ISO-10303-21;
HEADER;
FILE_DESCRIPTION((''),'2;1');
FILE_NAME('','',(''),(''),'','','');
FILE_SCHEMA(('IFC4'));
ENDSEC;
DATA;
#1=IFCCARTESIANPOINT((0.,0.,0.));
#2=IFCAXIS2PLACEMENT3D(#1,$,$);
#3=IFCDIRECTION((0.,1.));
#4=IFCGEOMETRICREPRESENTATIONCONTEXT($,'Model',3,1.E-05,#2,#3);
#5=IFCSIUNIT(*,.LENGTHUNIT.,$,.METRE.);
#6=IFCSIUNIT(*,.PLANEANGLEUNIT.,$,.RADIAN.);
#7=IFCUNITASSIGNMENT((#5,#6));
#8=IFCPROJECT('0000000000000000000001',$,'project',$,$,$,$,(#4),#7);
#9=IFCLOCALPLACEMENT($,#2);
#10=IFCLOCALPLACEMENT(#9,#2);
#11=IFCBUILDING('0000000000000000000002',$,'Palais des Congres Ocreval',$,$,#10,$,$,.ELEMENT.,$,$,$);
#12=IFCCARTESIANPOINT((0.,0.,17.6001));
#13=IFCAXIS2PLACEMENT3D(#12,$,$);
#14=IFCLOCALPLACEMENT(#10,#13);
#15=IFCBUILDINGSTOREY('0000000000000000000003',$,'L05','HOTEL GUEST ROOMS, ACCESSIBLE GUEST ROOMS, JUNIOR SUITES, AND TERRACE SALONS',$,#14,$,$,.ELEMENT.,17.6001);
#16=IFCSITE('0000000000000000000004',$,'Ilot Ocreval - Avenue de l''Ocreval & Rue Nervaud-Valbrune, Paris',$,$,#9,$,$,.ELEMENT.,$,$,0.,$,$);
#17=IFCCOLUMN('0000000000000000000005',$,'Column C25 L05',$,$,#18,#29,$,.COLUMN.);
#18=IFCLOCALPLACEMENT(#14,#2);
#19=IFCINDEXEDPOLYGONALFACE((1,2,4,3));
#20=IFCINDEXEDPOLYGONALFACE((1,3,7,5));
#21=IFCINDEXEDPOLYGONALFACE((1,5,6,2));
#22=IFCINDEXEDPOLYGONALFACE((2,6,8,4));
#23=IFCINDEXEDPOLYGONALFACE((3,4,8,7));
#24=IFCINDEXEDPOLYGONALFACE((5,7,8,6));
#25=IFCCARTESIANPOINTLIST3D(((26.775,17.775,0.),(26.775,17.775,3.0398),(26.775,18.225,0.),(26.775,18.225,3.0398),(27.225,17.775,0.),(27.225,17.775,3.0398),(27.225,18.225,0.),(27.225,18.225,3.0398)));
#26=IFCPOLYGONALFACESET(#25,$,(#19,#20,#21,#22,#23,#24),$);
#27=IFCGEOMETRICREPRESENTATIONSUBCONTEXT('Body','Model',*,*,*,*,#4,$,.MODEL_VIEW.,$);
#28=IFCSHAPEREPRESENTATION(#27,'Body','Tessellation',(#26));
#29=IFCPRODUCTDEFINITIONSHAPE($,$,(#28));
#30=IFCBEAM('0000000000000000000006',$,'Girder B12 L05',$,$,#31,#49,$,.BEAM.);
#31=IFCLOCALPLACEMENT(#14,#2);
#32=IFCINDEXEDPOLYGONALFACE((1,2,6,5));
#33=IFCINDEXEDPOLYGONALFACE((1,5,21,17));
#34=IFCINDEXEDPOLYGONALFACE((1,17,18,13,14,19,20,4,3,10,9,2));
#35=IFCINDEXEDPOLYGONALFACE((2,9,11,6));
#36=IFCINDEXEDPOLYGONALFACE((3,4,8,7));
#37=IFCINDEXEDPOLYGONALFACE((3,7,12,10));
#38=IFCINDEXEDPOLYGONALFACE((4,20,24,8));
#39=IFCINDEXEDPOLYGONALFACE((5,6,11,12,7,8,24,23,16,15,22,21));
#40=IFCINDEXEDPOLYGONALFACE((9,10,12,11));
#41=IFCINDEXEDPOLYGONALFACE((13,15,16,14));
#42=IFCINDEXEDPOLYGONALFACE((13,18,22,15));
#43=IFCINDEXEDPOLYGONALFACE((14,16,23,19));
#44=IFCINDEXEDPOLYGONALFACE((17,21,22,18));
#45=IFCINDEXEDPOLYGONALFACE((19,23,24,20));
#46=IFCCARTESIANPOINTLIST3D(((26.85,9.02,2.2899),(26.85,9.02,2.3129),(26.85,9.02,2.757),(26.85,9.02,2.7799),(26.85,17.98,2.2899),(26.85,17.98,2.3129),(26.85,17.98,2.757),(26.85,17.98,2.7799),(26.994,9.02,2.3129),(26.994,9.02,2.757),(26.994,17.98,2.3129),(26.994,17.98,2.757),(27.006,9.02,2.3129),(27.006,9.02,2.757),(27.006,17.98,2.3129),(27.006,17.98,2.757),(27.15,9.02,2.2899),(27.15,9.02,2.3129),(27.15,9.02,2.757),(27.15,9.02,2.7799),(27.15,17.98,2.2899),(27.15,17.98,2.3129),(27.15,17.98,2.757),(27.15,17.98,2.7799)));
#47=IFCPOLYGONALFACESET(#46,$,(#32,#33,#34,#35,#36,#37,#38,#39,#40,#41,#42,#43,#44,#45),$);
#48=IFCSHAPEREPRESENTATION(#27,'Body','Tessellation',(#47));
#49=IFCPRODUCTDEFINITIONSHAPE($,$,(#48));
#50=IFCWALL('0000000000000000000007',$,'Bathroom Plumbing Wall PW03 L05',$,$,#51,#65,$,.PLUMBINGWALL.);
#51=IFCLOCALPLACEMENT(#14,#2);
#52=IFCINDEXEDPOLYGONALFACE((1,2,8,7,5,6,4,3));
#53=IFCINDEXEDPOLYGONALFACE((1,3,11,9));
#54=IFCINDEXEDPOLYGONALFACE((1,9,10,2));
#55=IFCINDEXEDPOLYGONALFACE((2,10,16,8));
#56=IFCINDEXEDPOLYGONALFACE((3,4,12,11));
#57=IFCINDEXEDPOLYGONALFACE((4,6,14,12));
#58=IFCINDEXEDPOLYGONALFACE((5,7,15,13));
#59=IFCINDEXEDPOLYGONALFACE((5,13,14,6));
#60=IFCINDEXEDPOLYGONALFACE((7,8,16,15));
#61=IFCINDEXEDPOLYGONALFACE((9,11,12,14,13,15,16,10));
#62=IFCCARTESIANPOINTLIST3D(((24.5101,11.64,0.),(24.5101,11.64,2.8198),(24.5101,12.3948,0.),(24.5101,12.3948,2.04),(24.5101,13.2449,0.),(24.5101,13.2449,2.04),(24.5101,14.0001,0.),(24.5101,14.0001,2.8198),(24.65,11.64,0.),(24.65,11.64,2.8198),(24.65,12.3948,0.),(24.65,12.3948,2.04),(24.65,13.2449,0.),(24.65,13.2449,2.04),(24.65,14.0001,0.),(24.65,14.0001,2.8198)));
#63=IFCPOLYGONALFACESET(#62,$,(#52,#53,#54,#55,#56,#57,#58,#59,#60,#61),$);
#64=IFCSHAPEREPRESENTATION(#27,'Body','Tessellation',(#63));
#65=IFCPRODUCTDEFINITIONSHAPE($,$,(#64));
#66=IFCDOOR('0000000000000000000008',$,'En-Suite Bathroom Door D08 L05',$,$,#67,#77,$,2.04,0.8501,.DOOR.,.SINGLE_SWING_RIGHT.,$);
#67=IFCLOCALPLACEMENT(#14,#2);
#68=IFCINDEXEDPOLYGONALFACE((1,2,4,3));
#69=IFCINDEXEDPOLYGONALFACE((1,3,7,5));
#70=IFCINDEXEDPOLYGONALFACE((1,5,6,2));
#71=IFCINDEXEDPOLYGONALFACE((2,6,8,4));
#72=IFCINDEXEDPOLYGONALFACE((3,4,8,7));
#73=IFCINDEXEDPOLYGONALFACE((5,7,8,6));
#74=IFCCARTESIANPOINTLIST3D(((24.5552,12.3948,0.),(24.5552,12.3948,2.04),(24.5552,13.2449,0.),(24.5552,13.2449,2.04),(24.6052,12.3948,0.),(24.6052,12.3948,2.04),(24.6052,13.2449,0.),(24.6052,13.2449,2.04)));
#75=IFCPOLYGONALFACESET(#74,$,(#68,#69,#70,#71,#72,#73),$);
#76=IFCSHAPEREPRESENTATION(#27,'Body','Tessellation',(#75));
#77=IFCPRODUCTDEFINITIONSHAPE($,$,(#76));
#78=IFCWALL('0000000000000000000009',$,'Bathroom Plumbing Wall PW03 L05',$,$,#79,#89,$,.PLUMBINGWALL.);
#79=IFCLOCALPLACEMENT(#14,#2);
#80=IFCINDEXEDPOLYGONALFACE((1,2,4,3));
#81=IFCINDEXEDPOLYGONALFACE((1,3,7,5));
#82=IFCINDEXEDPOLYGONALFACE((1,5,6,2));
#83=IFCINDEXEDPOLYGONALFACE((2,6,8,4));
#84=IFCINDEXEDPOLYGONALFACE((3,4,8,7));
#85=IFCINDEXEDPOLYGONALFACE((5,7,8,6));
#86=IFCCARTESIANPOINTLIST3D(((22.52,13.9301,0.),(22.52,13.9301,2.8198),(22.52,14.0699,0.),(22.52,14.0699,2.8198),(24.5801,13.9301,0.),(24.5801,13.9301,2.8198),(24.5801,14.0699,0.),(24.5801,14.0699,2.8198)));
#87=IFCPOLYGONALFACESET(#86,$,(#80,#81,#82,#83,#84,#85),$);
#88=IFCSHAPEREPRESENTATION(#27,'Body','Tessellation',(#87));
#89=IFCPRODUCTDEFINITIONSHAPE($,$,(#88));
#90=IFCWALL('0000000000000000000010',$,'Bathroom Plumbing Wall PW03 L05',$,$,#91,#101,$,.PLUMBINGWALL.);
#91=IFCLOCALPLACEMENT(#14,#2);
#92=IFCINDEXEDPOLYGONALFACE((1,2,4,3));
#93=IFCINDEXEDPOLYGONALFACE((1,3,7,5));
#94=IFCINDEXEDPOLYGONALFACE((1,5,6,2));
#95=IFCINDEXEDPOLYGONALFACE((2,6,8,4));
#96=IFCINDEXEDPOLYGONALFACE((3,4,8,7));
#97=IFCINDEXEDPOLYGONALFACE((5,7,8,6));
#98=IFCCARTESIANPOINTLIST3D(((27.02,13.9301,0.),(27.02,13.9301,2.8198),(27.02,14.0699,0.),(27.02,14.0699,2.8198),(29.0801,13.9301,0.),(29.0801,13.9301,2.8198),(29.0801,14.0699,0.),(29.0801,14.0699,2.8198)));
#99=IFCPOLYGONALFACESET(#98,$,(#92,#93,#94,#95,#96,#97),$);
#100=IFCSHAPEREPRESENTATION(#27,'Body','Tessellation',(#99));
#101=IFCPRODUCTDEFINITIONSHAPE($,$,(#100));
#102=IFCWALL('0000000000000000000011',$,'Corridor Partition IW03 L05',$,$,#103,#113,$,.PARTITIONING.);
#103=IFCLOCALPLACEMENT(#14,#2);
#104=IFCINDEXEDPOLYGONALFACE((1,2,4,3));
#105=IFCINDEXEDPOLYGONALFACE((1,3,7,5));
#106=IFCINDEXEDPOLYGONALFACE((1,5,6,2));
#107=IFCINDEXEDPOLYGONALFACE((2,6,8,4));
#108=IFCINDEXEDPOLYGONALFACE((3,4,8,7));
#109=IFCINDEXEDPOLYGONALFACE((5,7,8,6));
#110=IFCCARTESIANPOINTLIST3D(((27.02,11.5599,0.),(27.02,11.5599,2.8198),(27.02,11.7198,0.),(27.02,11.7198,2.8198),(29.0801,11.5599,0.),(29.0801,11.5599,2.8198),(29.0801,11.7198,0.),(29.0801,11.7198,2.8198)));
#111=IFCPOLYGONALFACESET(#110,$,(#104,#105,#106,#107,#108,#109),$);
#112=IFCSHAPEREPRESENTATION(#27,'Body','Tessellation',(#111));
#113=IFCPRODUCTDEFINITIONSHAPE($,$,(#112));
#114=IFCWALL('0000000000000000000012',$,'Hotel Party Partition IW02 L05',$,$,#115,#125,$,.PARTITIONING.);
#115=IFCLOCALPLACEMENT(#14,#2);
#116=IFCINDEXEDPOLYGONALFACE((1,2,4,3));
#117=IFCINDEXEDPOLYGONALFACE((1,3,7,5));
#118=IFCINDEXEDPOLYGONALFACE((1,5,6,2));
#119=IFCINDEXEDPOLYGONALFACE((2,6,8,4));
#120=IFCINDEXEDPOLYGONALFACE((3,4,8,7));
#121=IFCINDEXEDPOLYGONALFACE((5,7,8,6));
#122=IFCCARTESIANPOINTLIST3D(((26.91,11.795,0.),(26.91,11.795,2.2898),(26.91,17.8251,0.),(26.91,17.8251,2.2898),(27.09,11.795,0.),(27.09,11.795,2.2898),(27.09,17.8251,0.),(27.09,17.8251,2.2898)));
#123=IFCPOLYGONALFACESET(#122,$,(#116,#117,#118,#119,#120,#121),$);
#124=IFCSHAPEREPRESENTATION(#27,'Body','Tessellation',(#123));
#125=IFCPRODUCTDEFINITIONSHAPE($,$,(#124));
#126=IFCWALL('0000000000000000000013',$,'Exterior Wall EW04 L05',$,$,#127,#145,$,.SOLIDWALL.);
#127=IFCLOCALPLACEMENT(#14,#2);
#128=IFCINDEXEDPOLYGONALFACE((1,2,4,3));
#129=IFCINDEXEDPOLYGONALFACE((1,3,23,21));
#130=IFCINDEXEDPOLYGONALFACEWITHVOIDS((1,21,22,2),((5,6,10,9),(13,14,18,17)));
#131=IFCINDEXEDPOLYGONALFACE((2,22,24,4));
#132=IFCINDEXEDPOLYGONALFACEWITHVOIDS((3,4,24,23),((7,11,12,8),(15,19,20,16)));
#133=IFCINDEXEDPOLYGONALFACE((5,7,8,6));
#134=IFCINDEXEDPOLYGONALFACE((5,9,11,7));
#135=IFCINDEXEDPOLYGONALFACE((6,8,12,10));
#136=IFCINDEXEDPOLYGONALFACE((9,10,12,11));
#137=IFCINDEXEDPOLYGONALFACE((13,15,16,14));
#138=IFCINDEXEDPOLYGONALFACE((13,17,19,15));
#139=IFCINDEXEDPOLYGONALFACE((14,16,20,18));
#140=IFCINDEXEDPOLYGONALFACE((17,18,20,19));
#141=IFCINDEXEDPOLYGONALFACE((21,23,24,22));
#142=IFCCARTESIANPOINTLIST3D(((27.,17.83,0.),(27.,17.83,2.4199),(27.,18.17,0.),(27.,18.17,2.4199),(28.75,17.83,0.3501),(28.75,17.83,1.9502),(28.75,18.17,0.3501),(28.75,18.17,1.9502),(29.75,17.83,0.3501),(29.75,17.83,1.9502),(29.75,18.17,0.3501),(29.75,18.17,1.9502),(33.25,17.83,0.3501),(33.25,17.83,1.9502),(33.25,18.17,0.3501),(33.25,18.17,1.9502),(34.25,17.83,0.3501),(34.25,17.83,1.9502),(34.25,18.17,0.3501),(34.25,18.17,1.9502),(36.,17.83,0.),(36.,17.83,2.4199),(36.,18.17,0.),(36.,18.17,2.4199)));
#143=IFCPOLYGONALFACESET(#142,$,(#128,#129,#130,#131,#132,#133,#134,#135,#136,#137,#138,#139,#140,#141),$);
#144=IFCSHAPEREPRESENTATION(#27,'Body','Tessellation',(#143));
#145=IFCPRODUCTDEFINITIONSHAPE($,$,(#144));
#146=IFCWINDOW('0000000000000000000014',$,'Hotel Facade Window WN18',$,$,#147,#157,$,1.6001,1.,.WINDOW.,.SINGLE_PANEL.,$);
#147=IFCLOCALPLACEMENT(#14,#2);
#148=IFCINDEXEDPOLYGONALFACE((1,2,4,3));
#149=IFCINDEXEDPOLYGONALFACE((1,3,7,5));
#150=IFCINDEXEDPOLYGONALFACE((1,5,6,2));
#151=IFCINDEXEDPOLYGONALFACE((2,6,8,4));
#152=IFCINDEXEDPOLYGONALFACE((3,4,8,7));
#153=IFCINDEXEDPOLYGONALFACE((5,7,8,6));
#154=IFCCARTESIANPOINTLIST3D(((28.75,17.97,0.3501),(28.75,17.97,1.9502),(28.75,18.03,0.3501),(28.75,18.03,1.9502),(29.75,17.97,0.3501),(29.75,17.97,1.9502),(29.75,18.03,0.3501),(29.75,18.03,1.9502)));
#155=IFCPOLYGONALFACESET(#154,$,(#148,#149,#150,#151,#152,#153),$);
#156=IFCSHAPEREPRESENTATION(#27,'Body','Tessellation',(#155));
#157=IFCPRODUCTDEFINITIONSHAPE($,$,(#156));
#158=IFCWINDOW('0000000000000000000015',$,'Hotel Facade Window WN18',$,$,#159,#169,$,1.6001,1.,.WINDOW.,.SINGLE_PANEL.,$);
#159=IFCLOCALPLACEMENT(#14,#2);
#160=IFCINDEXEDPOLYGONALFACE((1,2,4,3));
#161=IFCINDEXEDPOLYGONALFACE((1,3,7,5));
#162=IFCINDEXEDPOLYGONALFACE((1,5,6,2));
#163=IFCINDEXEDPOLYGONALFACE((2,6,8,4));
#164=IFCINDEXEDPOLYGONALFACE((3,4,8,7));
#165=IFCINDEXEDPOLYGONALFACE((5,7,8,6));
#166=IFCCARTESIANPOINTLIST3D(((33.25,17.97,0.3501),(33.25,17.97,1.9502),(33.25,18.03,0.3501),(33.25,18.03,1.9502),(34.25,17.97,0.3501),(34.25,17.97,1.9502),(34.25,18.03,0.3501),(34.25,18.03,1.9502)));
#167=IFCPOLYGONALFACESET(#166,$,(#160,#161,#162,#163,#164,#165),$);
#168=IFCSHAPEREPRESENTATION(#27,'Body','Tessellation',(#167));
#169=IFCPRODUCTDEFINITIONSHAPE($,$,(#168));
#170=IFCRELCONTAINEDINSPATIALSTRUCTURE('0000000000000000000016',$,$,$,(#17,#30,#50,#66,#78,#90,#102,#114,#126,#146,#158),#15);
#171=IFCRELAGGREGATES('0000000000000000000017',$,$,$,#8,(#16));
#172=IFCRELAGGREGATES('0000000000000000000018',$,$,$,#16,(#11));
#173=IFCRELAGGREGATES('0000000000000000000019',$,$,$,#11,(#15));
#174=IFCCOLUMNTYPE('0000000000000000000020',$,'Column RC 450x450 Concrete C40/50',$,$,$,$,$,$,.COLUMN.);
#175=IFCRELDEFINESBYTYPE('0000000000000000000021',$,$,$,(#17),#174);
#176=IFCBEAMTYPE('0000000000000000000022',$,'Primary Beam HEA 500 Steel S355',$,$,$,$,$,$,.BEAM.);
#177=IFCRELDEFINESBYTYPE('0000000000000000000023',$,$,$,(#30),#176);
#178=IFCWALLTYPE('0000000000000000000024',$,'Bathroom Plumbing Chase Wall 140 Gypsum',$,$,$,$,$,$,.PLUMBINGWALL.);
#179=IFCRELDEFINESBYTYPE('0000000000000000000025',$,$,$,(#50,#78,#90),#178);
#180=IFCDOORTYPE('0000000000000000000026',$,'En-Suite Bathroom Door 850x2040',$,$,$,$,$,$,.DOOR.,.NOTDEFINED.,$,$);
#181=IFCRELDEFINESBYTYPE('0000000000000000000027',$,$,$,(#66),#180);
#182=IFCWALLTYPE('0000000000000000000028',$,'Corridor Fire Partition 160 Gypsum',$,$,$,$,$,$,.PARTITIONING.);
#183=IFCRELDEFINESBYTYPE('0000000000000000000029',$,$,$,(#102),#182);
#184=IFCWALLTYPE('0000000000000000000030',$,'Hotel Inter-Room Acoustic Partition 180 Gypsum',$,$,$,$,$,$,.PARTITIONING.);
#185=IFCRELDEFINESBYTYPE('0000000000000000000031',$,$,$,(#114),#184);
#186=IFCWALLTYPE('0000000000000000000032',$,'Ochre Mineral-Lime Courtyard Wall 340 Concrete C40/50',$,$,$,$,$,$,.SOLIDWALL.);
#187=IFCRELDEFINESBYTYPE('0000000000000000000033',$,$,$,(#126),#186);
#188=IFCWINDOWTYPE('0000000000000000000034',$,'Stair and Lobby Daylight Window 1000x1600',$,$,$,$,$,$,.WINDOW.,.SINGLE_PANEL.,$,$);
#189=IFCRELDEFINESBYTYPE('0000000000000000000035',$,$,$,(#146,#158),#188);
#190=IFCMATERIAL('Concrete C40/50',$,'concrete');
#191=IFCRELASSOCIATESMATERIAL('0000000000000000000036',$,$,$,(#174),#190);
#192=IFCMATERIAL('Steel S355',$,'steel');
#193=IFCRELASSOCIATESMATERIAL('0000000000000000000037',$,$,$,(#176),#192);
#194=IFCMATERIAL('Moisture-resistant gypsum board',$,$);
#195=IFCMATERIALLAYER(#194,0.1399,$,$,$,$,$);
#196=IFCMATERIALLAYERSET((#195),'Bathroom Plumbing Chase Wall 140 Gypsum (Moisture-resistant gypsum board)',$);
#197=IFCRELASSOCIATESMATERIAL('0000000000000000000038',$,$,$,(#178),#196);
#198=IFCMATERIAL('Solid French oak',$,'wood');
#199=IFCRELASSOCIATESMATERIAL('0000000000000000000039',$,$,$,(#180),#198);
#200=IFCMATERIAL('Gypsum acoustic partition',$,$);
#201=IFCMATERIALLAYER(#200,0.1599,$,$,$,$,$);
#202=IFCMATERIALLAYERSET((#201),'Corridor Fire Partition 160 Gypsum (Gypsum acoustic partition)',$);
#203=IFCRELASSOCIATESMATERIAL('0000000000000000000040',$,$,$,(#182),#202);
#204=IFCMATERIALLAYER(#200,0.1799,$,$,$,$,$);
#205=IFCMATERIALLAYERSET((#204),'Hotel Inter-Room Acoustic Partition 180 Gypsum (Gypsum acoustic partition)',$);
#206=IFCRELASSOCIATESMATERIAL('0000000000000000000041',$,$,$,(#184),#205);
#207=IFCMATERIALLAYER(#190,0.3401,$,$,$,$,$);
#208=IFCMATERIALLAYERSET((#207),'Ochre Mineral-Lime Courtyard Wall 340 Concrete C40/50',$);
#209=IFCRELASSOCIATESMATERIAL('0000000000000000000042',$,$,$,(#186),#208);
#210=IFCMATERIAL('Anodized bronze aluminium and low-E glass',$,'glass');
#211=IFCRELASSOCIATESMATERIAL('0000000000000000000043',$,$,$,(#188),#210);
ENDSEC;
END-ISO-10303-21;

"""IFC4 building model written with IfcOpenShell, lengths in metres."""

from ifc_helpers import new_model, si_unit, direction, frame, frame_2d, origin, origin_2d, place, context, subcontext, project, spatial, rectangle, i_section, extrude, material, layer, layer_set, material_profile, profile_set, type_object, element, fill, save


model = new_model("IFC4")

# Units and contexts
model_context = context("Model", 3, precision=1e-05, world=origin(), true_north=direction((0.0, 1.0)))
body_context = subcontext(model_context, "Body", "Model", "MODEL_VIEW")
ifc_project = project(units=[si_unit("LENGTHUNIT", "METRE"), si_unit("PLANEANGLEUNIT", "RADIAN")], contexts=[model_context])

# Site, building, storey
site_placement = place(None, origin())
site = spatial("IfcSite", under=ifc_project, at=site_placement, Name="Ilot Ocreval - Avenue de l'Ocreval & Rue Nervaud-Valbrune, Paris", CompositionType="ELEMENT", RefElevation=0.0)
building_placement = place(site_placement, origin())
building = spatial("IfcBuilding", under=site, at=building_placement, Name="Palais des Congres Ocreval", CompositionType="ELEMENT")
storey_placement = place(building_placement, frame((0.0, 0.0, 17.6001)))
storey = spatial("IfcBuildingStorey", under=building, at=storey_placement, Name="L05", Description="HOTEL GUEST ROOMS, ACCESSIBLE GUEST ROOMS, JUNIOR SUITES, AND TERRACE SALONS", CompositionType="ELEMENT", Elevation=17.6001)

# Column
ifc_material_1 = material(Name="Concrete C40/50", Category="concrete")
ifc_material_profile_1 = material_profile(ifc_material_1, rectangle(XDim=0.45, YDim=0.45, at=origin_2d()), Name="RC 450x450")
ifc_profile_set_1 = profile_set([ifc_material_profile_1], Name="Concrete C40/50")
column_type = type_object("IfcColumnType", Name="Column RC 450x450 Concrete C40/50", PredefinedType="COLUMN", material=ifc_profile_set_1)
column_placement = place(storey_placement, frame((27.0, 18.0, 0.0), z_axis=(0.0, 0.0, 1.0), x_axis=(1.0, 0.0, 0.0)))
element("IfcColumn", 1, at=column_placement, inside=storey, type_object=column_type, Name="Column C25 L05", PredefinedType="COLUMN", context=body_context, shape_type="SweptSolid", body=[
    extrude(rectangle(XDim=0.45, YDim=0.45, at=origin_2d()), origin(), (0.0, 0.0, 1.0), 3.0398),
])

# Beam
ifc_material_2 = material(Name="Steel S355", Category="steel")
ifc_material_profile_2 = material_profile(ifc_material_2, i_section(OverallWidth=0.3, OverallDepth=0.49, WebThickness=0.012, FlangeThickness=0.0229, at=origin_2d()), Name="HEA 500")
ifc_profile_set_2 = profile_set([ifc_material_profile_2], Name="Steel S355")
beam_type = type_object("IfcBeamType", Name="Primary Beam HEA 500 Steel S355", PredefinedType="BEAM", material=ifc_profile_set_2)
beam_placement = place(storey_placement, frame((27.0, 9.02, 2.5349), z_axis=(0.0, 1.0, 0.0), x_axis=(-1.0, 0.0, 0.0)))
element("IfcBeam", 2, at=beam_placement, inside=storey, type_object=beam_type, Name="Girder B12 L05", PredefinedType="BEAM", context=body_context, shape_type="SweptSolid", body=[
    extrude(i_section(OverallWidth=0.3, OverallDepth=0.49, WebThickness=0.012, FlangeThickness=0.0229, at=origin_2d()), origin(), (0.0, 0.0, 1.0), 8.96),
])

# Wall, opening, door
ifc_material_3 = material(Name="Moisture-resistant gypsum board")
ifc_layer_1 = layer(ifc_material_3, 0.1399)
ifc_layer_set_1 = layer_set([ifc_layer_1], Name="Bathroom Plumbing Chase Wall 140 Gypsum (Moisture-resistant gypsum board)")
wall_type_1 = type_object("IfcWallType", Name="Bathroom Plumbing Chase Wall 140 Gypsum", PredefinedType="PLUMBINGWALL", material=ifc_layer_set_1)
wall_1_placement = place(storey_placement, frame((24.5801, 11.6399, 0.0), z_axis=(0.0, 0.0, 1.0), x_axis=(0.0, 1.0, 0.0)))
wall_1 = element("IfcWall", 3, at=wall_1_placement, inside=storey, type_object=wall_type_1, Name="Bathroom Plumbing Wall PW03 L05", PredefinedType="PLUMBINGWALL", context=body_context, shape_type="SweptSolid", body=[
    extrude(rectangle(XDim=2.3601, YDim=0.1399, at=frame_2d((1.1802, 0.0))), origin(), (0.0, 0.0, 1.0), 2.8198),
])
opening_1_placement = place(wall_1_placement, frame((0.7549, 0.0, 0.0)))
opening_1 = element("IfcOpeningElement", 4, at=opening_1_placement, cuts=wall_1, PredefinedType="OPENING", context=body_context, shape_type="SweptSolid", body=[
    extrude(rectangle(XDim=0.8501, YDim=2.04, at=frame_2d((0.425, 1.02))), frame((0.0, 0.0798, 0.0), z_axis=(0.0, -1.0, 0.0), x_axis=(1.0, 0.0, 0.0)), (0.0, 0.0, 1.0), 0.1599),
])
ifc_material_4 = material(Name="Solid French oak", Category="wood")
door_type_1 = type_object("IfcDoorType", Name="En-Suite Bathroom Door 850x2040", OperationType="NOTDEFINED", PredefinedType="DOOR", material=ifc_material_4)
door_1_placement = place(opening_1_placement, origin())
door_1 = element("IfcDoor", 5, at=door_1_placement, inside=storey, type_object=door_type_1, Name="En-Suite Bathroom Door D08 L05", OperationType="SINGLE_SWING_RIGHT", OverallHeight=2.04, OverallWidth=0.8501, PredefinedType="DOOR", context=body_context, shape_type="SweptSolid", body=[
    extrude(rectangle(XDim=0.8501, YDim=2.04, at=frame_2d((0.425, 1.02))), frame((0.0, 0.0249, 0.0), z_axis=(0.0, -1.0, 0.0), x_axis=(1.0, 0.0, 0.0)), (0.0, 0.0, 1.0), 0.05),
])
fill(opening_1, door_1)

# Walls
for number, where, z_axis, x_axis, name in (
    (6, (22.52, 14.0, 0.0), (0.0, 0.0, 1.0), (1.0, 0.0, 0.0), "Bathroom Plumbing Wall PW03 L05"),
    (7, (27.02, 14.0, 0.0), (0.0, 0.0, 1.0), (1.0, 0.0, 0.0), "Bathroom Plumbing Wall PW03 L05"),
):
    element("IfcWall", number, at=place(storey_placement, frame(where, z_axis=z_axis, x_axis=x_axis)), inside=storey, type_object=wall_type_1, Name=name, PredefinedType="PLUMBINGWALL", context=body_context, shape_type="SweptSolid", body=[
        extrude(rectangle(XDim=2.0601, YDim=0.1399, at=frame_2d((1.03, 0.0))), origin(), (0.0, 0.0, 1.0), 2.8198),
    ])
ifc_material_5 = material(Name="Gypsum acoustic partition")
ifc_layer_2 = layer(ifc_material_5, 0.1599)
ifc_layer_set_2 = layer_set([ifc_layer_2], Name="Corridor Fire Partition 160 Gypsum (Gypsum acoustic partition)")
wall_type_2 = type_object("IfcWallType", Name="Corridor Fire Partition 160 Gypsum", PredefinedType="PARTITIONING", material=ifc_layer_set_2)
wall_2_placement = place(storey_placement, frame((27.02, 11.6399, 0.0), z_axis=(0.0, 0.0, 1.0), x_axis=(1.0, 0.0, 0.0)))
element("IfcWall", 8, at=wall_2_placement, inside=storey, type_object=wall_type_2, Name="Corridor Partition IW03 L05", PredefinedType="PARTITIONING", context=body_context, shape_type="SweptSolid", body=[
    extrude(rectangle(XDim=2.0601, YDim=0.1599, at=frame_2d((1.03, 0.0))), origin(), (0.0, 0.0, 1.0), 2.8198),
])

# Wall
ifc_layer_3 = layer(ifc_material_5, 0.1799)
ifc_layer_set_3 = layer_set([ifc_layer_3], Name="Hotel Inter-Room Acoustic Partition 180 Gypsum (Gypsum acoustic partition)")
wall_type_3 = type_object("IfcWallType", Name="Hotel Inter-Room Acoustic Partition 180 Gypsum", PredefinedType="PARTITIONING", material=ifc_layer_set_3)
wall_3_placement = place(storey_placement, frame((27.0, 11.7949, 0.0), z_axis=(0.0, 0.0, 1.0), x_axis=(0.0, 1.0, 0.0)))
element("IfcWall", 9, at=wall_3_placement, inside=storey, type_object=wall_type_3, Name="Hotel Party Partition IW02 L05", PredefinedType="PARTITIONING", context=body_context, shape_type="SweptSolid", body=[
    extrude(rectangle(XDim=6.03, YDim=0.1799, at=frame_2d((3.0151, 0.0))), origin(), (0.0, 0.0, 1.0), 2.2898),
])

# Wall, openings, windows
ifc_layer_4 = layer(ifc_material_1, 0.3401)
ifc_layer_set_4 = layer_set([ifc_layer_4], Name="Ochre Mineral-Lime Courtyard Wall 340 Concrete C40/50")
wall_type_4 = type_object("IfcWallType", Name="Ochre Mineral-Lime Courtyard Wall 340 Concrete C40/50", PredefinedType="SOLIDWALL", material=ifc_layer_set_4)
wall_4_placement = place(storey_placement, frame((27.0, 18.0, 0.0), z_axis=(0.0, 0.0, 1.0), x_axis=(1.0, 0.0, 0.0)))
wall_4 = element("IfcWall", 10, at=wall_4_placement, inside=storey, type_object=wall_type_4, Name="Exterior Wall EW04 L05", PredefinedType="SOLIDWALL", context=body_context, shape_type="SweptSolid", body=[
    extrude(rectangle(XDim=9.0, YDim=0.3401, at=frame_2d((4.5, 0.0))), origin(), (0.0, 0.0, 1.0), 2.4199),
])
opening_2_placement = place(wall_4_placement, frame((1.75, 0.0, 0.3501)))
opening_2 = element("IfcOpeningElement", 11, at=opening_2_placement, cuts=wall_4, PredefinedType="OPENING", context=body_context, shape_type="SweptSolid", body=[
    extrude(rectangle(XDim=1.0, YDim=1.6001, at=frame_2d((0.5, 0.8))), frame((0.0, 0.1799, 0.0), z_axis=(0.0, -1.0, 0.0), x_axis=(1.0, 0.0, 0.0)), (0.0, 0.0, 1.0), 0.3601),
])
opening_3_placement = place(wall_4_placement, frame((6.25, 0.0, 0.3501)))
opening_3 = element("IfcOpeningElement", 12, at=opening_3_placement, cuts=wall_4, PredefinedType="OPENING", context=body_context, shape_type="SweptSolid", body=[
    extrude(rectangle(XDim=1.0, YDim=1.6001, at=frame_2d((0.5, 0.8))), frame((0.0, 0.1799, 0.0), z_axis=(0.0, -1.0, 0.0), x_axis=(1.0, 0.0, 0.0)), (0.0, 0.0, 1.0), 0.3601),
])
ifc_material_6 = material(Name="Anodized bronze aluminium and low-E glass", Category="glass")
window_type = type_object("IfcWindowType", Name="Stair and Lobby Daylight Window 1000x1600", PartitioningType="SINGLE_PANEL", PredefinedType="WINDOW", material=ifc_material_6)
window_1_placement = place(opening_2_placement, origin())
window_1 = element("IfcWindow", 13, at=window_1_placement, inside=storey, type_object=window_type, Name="Hotel Facade Window WN18", OverallHeight=1.6001, OverallWidth=1.0, PartitioningType="SINGLE_PANEL", PredefinedType="WINDOW", context=body_context, shape_type="SweptSolid", body=[
    extrude(rectangle(XDim=1.0, YDim=1.6001, at=frame_2d((0.5, 0.8))), frame((0.0, 0.03, 0.0), z_axis=(0.0, -1.0, 0.0), x_axis=(1.0, 0.0, 0.0)), (0.0, 0.0, 1.0), 0.0601),
])
fill(opening_2, window_1)
window_2_placement = place(opening_3_placement, origin())
window_2 = element("IfcWindow", 14, at=window_2_placement, inside=storey, type_object=window_type, Name="Hotel Facade Window WN18", OverallHeight=1.6001, OverallWidth=1.0, PartitioningType="SINGLE_PANEL", PredefinedType="WINDOW", context=body_context, shape_type="SweptSolid", body=[
    extrude(rectangle(XDim=1.0, YDim=1.6001, at=frame_2d((0.5, 0.8))), frame((0.0, 0.03, 0.0), z_axis=(0.0, -1.0, 0.0), x_axis=(1.0, 0.0, 0.0)), (0.0, 0.0, 1.0), 0.0601),
])
fill(opening_3, window_2)

save(model, "model.ifc")
